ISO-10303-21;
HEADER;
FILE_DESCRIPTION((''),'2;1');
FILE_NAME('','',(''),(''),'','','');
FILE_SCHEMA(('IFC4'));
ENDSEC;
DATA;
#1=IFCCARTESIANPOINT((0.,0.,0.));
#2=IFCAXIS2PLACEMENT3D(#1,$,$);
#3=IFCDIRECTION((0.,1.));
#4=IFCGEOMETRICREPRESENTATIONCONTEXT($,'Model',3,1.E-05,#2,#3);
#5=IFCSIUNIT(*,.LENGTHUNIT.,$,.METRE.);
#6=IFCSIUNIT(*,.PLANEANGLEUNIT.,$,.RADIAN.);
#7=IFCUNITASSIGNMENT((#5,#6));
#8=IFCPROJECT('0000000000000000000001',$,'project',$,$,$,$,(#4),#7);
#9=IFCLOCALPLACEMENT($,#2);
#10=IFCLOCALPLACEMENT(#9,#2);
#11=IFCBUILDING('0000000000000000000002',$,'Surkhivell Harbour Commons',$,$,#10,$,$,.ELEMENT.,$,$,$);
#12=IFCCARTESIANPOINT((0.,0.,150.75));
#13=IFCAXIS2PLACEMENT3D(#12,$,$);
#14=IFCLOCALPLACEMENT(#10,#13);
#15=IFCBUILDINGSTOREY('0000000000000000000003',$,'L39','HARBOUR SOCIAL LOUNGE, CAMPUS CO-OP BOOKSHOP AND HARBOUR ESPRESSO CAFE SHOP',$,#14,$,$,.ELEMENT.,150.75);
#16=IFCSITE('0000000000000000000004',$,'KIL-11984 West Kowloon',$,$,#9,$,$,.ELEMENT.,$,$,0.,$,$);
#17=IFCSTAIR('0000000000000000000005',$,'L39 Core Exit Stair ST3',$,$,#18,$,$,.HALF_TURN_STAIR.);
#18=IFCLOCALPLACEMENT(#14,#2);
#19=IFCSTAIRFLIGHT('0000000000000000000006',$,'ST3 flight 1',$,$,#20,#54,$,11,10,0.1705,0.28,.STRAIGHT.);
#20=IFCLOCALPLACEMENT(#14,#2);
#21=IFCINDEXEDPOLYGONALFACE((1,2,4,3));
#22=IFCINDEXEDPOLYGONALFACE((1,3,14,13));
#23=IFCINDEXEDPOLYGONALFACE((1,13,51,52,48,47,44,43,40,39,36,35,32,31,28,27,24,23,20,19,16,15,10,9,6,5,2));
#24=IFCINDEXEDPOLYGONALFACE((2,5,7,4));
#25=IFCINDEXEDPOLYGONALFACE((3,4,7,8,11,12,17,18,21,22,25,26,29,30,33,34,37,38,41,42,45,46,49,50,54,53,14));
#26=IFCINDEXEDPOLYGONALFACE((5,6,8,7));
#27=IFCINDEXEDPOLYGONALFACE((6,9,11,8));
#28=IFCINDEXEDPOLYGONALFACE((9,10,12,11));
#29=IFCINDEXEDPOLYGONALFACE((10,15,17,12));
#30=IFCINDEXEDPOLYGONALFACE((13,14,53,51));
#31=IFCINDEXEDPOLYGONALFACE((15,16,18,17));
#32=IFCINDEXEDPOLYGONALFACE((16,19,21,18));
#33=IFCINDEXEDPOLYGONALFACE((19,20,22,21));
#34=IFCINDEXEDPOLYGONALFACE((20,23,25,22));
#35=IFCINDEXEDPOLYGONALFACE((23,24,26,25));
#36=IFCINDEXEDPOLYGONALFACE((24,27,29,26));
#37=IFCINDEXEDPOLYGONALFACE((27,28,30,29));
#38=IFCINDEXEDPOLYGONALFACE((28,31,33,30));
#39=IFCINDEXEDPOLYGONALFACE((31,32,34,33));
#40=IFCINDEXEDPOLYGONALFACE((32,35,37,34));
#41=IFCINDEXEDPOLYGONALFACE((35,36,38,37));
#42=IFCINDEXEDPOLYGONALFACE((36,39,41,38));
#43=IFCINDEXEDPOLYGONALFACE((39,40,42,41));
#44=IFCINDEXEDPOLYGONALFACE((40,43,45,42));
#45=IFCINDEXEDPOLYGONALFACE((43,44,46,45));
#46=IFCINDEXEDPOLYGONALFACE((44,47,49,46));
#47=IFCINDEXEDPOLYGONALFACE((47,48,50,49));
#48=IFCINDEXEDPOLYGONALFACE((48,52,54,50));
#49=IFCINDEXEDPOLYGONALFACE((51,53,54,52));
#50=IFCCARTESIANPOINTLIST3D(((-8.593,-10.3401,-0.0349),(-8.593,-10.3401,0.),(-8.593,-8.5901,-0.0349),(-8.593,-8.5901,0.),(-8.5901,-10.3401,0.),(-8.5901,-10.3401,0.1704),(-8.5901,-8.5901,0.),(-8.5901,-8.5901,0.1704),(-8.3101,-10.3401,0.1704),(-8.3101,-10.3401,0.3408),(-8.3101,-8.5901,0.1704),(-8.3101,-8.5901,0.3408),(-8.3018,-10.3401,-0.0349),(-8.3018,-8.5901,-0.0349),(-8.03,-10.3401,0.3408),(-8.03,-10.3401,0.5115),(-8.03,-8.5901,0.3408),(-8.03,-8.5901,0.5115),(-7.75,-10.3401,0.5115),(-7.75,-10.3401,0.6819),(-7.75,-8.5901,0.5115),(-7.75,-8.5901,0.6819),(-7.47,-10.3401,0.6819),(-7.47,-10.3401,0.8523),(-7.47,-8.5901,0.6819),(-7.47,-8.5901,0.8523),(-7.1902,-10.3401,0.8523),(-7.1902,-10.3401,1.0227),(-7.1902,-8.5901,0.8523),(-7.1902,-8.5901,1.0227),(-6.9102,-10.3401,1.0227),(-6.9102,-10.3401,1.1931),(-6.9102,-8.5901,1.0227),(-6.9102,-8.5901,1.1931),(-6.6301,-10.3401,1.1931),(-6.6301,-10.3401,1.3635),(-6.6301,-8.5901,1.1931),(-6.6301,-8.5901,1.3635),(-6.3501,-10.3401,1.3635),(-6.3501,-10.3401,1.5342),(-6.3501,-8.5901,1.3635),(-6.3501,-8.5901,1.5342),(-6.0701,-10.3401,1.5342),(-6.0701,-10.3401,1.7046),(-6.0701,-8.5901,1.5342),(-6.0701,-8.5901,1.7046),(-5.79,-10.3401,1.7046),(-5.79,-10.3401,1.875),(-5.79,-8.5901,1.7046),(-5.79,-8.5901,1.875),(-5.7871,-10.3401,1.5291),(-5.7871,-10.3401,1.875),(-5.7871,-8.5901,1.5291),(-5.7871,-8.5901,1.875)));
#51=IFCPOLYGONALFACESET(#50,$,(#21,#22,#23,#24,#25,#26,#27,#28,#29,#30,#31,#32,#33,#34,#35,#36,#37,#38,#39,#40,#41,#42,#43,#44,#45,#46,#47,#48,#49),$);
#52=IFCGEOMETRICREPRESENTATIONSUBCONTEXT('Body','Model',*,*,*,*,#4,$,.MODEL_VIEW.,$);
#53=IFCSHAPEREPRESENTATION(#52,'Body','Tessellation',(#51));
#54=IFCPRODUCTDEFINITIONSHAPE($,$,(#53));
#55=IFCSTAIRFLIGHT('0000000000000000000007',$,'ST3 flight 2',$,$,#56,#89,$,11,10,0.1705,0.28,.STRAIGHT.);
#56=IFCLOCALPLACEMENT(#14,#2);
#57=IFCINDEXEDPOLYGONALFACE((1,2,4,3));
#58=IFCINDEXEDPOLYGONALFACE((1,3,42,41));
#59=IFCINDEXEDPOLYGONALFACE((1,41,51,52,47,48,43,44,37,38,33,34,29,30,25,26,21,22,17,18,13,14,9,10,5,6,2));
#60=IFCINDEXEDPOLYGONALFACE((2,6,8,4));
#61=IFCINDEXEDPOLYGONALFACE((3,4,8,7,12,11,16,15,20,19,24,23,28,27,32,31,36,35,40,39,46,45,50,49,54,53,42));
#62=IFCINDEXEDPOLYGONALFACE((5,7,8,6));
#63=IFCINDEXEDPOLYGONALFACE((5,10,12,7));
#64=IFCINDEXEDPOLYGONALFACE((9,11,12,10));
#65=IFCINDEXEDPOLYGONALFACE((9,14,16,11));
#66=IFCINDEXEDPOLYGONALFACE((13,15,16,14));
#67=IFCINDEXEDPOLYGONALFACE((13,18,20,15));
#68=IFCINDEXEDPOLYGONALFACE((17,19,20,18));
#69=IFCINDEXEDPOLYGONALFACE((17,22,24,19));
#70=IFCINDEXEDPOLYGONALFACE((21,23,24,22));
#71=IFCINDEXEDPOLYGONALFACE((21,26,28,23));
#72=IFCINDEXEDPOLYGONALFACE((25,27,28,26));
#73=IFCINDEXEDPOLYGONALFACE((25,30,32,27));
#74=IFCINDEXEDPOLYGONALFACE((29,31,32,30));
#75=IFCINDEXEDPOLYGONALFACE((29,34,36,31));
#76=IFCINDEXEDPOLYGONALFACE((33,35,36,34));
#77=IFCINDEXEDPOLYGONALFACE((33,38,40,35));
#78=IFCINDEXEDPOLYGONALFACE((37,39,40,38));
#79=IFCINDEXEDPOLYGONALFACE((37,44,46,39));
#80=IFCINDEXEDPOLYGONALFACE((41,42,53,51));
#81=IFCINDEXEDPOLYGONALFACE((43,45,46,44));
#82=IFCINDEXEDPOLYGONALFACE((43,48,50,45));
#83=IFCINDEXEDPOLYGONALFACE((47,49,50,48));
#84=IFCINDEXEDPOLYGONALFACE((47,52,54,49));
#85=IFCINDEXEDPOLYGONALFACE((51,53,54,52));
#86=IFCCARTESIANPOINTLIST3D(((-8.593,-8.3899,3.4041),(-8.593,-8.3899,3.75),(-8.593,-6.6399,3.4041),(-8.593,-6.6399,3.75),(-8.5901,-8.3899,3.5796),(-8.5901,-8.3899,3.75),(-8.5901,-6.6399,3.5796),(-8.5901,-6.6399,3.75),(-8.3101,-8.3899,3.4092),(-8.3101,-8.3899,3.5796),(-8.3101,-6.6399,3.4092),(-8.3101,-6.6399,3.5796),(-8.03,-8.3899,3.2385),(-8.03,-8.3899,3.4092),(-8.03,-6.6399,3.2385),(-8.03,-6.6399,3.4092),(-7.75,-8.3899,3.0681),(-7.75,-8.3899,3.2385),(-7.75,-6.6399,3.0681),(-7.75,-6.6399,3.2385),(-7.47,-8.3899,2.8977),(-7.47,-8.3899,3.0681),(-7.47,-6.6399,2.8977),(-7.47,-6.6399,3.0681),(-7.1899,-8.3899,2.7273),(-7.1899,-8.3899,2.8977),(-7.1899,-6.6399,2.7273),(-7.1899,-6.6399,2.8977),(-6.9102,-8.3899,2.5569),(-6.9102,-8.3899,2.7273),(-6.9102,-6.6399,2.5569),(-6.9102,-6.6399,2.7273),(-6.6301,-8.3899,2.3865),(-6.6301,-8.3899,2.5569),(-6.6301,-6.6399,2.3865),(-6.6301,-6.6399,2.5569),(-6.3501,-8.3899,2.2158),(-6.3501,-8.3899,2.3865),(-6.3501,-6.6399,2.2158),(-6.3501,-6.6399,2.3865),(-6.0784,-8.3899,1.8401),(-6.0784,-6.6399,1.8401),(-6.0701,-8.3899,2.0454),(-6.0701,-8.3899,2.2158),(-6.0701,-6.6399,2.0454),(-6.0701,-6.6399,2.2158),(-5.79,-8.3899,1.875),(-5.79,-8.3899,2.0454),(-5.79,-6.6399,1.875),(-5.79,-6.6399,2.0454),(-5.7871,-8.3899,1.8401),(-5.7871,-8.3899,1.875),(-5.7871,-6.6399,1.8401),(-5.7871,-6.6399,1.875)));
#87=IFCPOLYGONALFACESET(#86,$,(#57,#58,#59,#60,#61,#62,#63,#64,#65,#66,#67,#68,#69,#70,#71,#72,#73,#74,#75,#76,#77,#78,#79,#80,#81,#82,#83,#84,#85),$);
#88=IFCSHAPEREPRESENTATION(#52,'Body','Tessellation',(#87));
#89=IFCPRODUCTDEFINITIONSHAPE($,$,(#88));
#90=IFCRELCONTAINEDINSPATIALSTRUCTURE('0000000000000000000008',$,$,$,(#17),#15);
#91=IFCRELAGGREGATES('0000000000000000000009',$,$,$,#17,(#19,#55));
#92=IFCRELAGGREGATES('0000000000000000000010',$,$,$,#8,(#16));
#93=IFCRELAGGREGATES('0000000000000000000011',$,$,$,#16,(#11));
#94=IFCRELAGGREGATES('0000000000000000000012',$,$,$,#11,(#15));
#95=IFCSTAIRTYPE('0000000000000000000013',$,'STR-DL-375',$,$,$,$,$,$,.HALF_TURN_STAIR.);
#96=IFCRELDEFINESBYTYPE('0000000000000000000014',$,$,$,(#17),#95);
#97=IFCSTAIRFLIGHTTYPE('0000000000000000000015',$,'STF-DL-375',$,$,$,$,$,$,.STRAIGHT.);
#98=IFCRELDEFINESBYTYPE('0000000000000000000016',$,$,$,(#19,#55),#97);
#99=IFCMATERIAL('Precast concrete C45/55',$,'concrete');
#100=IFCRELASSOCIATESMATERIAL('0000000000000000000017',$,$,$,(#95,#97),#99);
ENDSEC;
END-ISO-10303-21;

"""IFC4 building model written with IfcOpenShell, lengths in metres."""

from ifc_helpers import new_model, si_unit, direction, frame, origin, place, context, subcontext, project, spatial, polyline, outline, extrude, material, type_object, element, aggregate, save


model = new_model("IFC4")

# Units and contexts
model_context = context("Model", 3, precision=1e-05, world=origin(), true_north=direction((0.0, 1.0)))
body_context = subcontext(model_context, "Body", "Model", "MODEL_VIEW")
ifc_project = project(units=[si_unit("LENGTHUNIT", "METRE"), si_unit("PLANEANGLEUNIT", "RADIAN")], contexts=[model_context])

# Site, building, storey
site_placement = place(None, origin())
site = spatial("IfcSite", under=ifc_project, at=site_placement, Name="KIL-11984 West Kowloon", CompositionType="ELEMENT", RefElevation=0.0)
building_placement = place(site_placement, origin())
building = spatial("IfcBuilding", under=site, at=building_placement, Name="Surkhivell Harbour Commons", CompositionType="ELEMENT")
storey_placement = place(building_placement, frame((0.0, 0.0, 150.75)))
storey = spatial("IfcBuildingStorey", under=building, at=storey_placement, Name="L39", Description="HARBOUR SOCIAL LOUNGE, CAMPUS CO-OP BOOKSHOP AND HARBOUR ESPRESSO CAFE SHOP", CompositionType="ELEMENT", Elevation=150.75)

# Stair, stair flights
ifc_material_1 = material(Name="Precast concrete C45/55", Category="concrete")
stair_type = type_object("IfcStairType", Name="STR-DL-375", PredefinedType="HALF_TURN_STAIR", material=ifc_material_1)
stair_placement = place(storey_placement, origin())
stair = element("IfcStair", 1, at=stair_placement, inside=storey, type_object=stair_type, Name="L39 Core Exit Stair ST3", PredefinedType="HALF_TURN_STAIR")
stair_flight_type = type_object("IfcStairFlightType", Name="STF-DL-375", PredefinedType="STRAIGHT", material=ifc_material_1)
stair_flight_1_placement = place(storey_placement, frame((-8.5901, -9.4651, 0.0), z_axis=(0.0, 0.0, 1.0), x_axis=(1.0, 0.0, 0.0)))
stair_flight_1 = element("IfcStairFlight", 2, at=stair_flight_1_placement, type_object=stair_flight_type, Name="ST3 flight 1", NumberOfRisers=11, NumberOfTreads=10, PredefinedType="STRAIGHT", RiserHeight=0.1705, TreadLength=0.28, context=body_context, shape_type="SweptSolid", body=[
    extrude(outline(polyline([(-0.0029, -0.0349), (-0.0029, 0.0), (0.0, 0.0), (0.0, 0.1704), (0.28, 0.1704), (0.28, 0.3408), (0.5601, 0.3408), (0.5601, 0.5115), (0.8401, 0.5115), (0.8401, 0.6819), (1.1201, 0.6819), (1.1201, 0.8523), (1.3999, 0.8523), (1.3999, 1.0227), (1.6799, 1.0227), (1.6799, 1.1931), (1.96, 1.1931), (1.96, 1.3635), (2.24, 1.3635), (2.24, 1.5342), (2.52, 1.5342), (2.52, 1.7046), (2.8, 1.7046), (2.8, 1.875), (2.803, 1.875), (2.803, 1.5291), (0.2883, -0.0349), (-0.0029, -0.0349)])), frame((0.0, 0.875, 0.0), z_axis=(0.0, -1.0, 0.0), x_axis=(1.0, 0.0, 0.0)), (0.0, 0.0, 1.0), 1.75),
])
stair_flight_2_placement = place(storey_placement, frame((-5.79, -7.5149, 1.875), z_axis=(0.0, 0.0, 1.0), x_axis=(-1.0, 0.0, 0.0)))
stair_flight_2 = element("IfcStairFlight", 3, at=stair_flight_2_placement, type_object=stair_flight_type, Name="ST3 flight 2", NumberOfRisers=11, NumberOfTreads=10, PredefinedType="STRAIGHT", RiserHeight=0.1705, TreadLength=0.28, context=body_context, shape_type="SweptSolid", body=[
    extrude(outline(polyline([(-0.0029, -0.0349), (-0.0029, 0.0), (0.0, 0.0), (0.0, 0.1704), (0.28, 0.1704), (0.28, 0.3408), (0.5601, 0.3408), (0.5601, 0.5115), (0.8401, 0.5115), (0.8401, 0.6819), (1.1201, 0.6819), (1.1201, 0.8523), (1.3999, 0.8523), (1.3999, 1.0227), (1.6799, 1.0227), (1.6799, 1.1931), (1.96, 1.1931), (1.96, 1.3635), (2.24, 1.3635), (2.24, 1.5342), (2.52, 1.5342), (2.52, 1.7046), (2.8, 1.7046), (2.8, 1.875), (2.803, 1.875), (2.803, 1.5291), (0.2883, -0.0349), (-0.0029, -0.0349)])), frame((0.0, 0.875, 0.0), z_axis=(0.0, -1.0, 0.0), x_axis=(1.0, 0.0, 0.0)), (0.0, 0.0, 1.0), 1.75),
])
aggregate(stair, [stair_flight_1, stair_flight_2])

save(model, "model.ifc")
